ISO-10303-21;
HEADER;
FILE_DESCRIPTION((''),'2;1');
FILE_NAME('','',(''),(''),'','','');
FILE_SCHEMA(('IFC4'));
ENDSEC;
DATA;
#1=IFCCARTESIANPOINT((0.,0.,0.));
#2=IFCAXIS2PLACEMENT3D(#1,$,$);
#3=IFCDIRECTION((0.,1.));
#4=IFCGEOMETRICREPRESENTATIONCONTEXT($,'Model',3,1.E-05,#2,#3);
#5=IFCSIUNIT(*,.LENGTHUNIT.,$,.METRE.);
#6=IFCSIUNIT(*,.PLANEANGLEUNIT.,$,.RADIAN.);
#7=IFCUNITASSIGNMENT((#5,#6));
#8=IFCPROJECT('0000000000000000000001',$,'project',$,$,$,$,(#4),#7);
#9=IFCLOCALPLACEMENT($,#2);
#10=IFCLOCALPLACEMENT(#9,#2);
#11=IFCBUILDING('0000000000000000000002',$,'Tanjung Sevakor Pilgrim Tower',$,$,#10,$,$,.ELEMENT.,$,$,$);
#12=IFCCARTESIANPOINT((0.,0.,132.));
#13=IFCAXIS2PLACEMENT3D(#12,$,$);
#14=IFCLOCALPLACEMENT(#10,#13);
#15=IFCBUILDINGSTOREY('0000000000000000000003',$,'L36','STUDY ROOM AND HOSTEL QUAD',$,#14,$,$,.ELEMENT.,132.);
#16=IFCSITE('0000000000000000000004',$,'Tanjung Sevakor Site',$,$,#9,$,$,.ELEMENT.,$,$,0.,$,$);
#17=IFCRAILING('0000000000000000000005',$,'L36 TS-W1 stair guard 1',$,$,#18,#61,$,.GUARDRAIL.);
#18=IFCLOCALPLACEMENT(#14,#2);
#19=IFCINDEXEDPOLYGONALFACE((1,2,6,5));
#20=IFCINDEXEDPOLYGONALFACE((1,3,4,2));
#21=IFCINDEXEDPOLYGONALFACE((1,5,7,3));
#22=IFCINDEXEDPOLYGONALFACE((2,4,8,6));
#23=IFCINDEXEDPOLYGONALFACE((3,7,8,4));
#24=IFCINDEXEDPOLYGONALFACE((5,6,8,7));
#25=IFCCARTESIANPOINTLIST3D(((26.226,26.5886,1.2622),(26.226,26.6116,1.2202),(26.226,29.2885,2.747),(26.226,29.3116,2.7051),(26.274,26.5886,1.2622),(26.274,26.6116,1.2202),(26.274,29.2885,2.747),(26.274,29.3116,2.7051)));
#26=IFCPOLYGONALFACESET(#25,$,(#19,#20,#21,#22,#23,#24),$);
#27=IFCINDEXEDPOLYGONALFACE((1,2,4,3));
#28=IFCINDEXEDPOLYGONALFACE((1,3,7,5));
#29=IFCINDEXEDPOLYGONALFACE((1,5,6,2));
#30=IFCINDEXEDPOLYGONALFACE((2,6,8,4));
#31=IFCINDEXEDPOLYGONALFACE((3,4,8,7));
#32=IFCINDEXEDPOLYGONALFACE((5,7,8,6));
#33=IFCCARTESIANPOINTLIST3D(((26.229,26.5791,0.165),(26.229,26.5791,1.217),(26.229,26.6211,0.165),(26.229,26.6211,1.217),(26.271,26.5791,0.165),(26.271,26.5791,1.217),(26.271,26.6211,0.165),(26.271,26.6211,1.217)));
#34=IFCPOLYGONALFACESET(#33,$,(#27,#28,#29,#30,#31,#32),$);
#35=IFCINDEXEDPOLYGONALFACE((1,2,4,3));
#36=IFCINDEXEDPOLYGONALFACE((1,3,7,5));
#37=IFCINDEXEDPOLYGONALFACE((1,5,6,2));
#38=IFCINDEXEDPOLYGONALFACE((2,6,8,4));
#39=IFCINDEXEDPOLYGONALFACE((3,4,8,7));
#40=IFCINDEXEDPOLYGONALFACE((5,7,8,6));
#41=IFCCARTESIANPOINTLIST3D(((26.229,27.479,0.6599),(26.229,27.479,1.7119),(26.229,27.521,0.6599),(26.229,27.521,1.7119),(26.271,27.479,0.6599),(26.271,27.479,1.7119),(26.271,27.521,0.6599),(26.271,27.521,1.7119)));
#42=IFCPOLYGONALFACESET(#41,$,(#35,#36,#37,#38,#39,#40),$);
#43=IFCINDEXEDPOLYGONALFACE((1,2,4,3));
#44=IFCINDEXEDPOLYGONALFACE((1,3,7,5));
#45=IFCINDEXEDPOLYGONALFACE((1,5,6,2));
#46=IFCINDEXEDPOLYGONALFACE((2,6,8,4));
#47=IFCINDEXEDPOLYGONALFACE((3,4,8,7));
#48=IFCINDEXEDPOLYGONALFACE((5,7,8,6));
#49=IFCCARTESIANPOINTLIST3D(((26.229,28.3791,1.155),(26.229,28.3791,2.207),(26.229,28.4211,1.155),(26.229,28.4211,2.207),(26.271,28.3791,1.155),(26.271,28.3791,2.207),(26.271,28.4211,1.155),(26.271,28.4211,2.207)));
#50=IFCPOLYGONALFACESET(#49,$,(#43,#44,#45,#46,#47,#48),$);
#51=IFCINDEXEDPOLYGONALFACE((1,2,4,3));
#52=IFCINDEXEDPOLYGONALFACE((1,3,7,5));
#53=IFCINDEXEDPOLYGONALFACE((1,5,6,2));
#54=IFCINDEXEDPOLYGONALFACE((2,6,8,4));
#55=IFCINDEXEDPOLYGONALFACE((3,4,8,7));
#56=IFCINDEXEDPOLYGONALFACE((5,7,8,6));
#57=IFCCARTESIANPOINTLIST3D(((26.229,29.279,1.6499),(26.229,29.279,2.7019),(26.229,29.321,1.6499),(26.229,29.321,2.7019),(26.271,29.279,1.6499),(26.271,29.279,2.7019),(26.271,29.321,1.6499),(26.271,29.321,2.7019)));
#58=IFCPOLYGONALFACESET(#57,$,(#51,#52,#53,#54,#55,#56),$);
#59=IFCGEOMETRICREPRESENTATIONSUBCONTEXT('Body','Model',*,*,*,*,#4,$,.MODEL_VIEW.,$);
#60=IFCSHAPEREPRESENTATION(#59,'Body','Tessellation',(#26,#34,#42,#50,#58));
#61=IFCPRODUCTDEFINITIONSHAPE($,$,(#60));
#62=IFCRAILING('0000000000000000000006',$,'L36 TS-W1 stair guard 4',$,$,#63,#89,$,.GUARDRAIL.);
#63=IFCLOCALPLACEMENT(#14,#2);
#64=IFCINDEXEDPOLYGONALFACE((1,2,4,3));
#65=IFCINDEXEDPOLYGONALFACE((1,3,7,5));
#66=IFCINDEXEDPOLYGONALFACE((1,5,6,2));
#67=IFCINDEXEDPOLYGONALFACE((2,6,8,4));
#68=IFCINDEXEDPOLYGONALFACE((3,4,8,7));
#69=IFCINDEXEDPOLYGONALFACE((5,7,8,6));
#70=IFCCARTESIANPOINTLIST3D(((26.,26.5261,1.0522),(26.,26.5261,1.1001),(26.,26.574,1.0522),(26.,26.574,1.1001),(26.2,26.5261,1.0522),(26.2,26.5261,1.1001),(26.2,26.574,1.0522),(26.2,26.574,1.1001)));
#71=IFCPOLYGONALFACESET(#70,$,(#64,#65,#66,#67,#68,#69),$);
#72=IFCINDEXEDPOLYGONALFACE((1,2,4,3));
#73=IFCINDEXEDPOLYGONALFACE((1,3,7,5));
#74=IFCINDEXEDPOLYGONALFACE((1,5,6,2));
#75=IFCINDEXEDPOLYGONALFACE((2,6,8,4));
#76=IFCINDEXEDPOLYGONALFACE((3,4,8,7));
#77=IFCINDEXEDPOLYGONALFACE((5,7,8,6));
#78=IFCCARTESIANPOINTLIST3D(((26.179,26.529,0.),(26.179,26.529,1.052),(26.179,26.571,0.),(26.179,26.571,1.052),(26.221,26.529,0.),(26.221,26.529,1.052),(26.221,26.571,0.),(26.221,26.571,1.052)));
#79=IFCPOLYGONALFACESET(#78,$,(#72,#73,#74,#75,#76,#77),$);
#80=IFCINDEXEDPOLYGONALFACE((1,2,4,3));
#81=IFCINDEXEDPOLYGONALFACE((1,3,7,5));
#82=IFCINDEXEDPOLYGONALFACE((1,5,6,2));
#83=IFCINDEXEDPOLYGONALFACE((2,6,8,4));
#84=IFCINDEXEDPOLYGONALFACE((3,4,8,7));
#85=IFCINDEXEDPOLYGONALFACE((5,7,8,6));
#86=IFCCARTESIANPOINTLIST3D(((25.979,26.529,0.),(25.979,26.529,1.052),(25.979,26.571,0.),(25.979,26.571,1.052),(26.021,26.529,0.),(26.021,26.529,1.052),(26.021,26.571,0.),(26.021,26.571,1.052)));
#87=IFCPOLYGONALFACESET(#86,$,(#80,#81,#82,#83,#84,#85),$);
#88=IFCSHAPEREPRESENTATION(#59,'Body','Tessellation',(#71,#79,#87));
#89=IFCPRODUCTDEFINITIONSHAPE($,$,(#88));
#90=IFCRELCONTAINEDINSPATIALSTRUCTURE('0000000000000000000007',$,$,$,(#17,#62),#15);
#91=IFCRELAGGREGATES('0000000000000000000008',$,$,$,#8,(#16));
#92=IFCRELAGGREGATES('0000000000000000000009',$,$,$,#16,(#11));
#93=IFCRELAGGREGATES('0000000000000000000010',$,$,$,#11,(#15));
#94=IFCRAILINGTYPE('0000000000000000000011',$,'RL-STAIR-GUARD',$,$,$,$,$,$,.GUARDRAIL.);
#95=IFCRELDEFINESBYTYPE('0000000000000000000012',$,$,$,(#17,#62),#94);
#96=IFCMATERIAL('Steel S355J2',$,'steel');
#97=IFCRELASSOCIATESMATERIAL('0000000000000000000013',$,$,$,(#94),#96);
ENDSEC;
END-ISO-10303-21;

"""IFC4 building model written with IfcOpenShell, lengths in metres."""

from ifc_helpers import new_model, si_unit, direction, frame, origin, place, context, subcontext, project, spatial, rectangle, extrude, material, type_object, element, save


model = new_model("IFC4")

# Units and contexts
model_context = context("Model", 3, precision=1e-05, world=origin(), true_north=direction((0.0, 1.0)))
body_context = subcontext(model_context, "Body", "Model", "MODEL_VIEW")
ifc_project = project(units=[si_unit("LENGTHUNIT", "METRE"), si_unit("PLANEANGLEUNIT", "RADIAN")], contexts=[model_context])

# Site, building, storey
site_placement = place(None, origin())
site = spatial("IfcSite", under=ifc_project, at=site_placement, Name="Tanjung Sevakor Site", CompositionType="ELEMENT", RefElevation=0.0)
building_placement = place(site_placement, origin())
building = spatial("IfcBuilding", under=site, at=building_placement, Name="Tanjung Sevakor Pilgrim Tower", CompositionType="ELEMENT")
storey_placement = place(building_placement, frame((0.0, 0.0, 132.0)))
storey = spatial("IfcBuildingStorey", under=building, at=storey_placement, Name="L36", Description="STUDY ROOM AND HOSTEL QUAD", CompositionType="ELEMENT", Elevation=132.0)

# Railings
ifc_material_1 = material(Name="Steel S355J2", Category="steel")
railing_type = type_object("IfcRailingType", Name="RL-STAIR-GUARD", PredefinedType="GUARDRAIL", material=ifc_material_1)
railing_1_placement = place(storey_placement, frame((26.25, 26.6001, 0.165)))
element("IfcRailing", 1, at=railing_1_placement, inside=storey, type_object=railing_type, Name="L36 TS-W1 stair guard 1", PredefinedType="GUARDRAIL", context=body_context, shape_type="SweptSolid", body=[
    extrude(rectangle(XDim=0.0479, YDim=0.0479), frame((0.0, 0.0, 1.0762), z_axis=(0.0, 0.876231, 0.481891), x_axis=(-1.0, 0.0, 0.0)), (0.0, 0.0, 1.0), 3.0813),
    extrude(rectangle(XDim=0.042, YDim=0.042), origin(), (0.0, 0.0, 1.0), 1.052),
    extrude(rectangle(XDim=0.042, YDim=0.042), frame((0.0, 0.8999, 0.4949)), (0.0, 0.0, 1.0), 1.052),
    extrude(rectangle(XDim=0.042, YDim=0.042), frame((0.0, 1.8, 0.99)), (0.0, 0.0, 1.0), 1.052),
    extrude(rectangle(XDim=0.042, YDim=0.042), frame((0.0, 2.7, 1.4849)), (0.0, 0.0, 1.0), 1.052),
])
railing_2_placement = place(storey_placement, frame((26.2, 26.55, 0.0)))
element("IfcRailing", 2, at=railing_2_placement, inside=storey, type_object=railing_type, Name="L36 TS-W1 stair guard 4", PredefinedType="GUARDRAIL", context=body_context, shape_type="SweptSolid", body=[
    extrude(rectangle(XDim=0.0479, YDim=0.0479), frame((0.0, 0.0, 1.0762), z_axis=(-1.0, 0.0, 0.0), x_axis=(0.0, -1.0, 0.0)), (0.0, 0.0, 1.0), 0.2),
    extrude(rectangle(XDim=0.042, YDim=0.042), origin(), (0.0, 0.0, 1.0), 1.052),
    extrude(rectangle(XDim=0.042, YDim=0.042), frame((-0.2, 0.0, 0.0)), (0.0, 0.0, 1.0), 1.052),
])

save(model, "model.ifc")
